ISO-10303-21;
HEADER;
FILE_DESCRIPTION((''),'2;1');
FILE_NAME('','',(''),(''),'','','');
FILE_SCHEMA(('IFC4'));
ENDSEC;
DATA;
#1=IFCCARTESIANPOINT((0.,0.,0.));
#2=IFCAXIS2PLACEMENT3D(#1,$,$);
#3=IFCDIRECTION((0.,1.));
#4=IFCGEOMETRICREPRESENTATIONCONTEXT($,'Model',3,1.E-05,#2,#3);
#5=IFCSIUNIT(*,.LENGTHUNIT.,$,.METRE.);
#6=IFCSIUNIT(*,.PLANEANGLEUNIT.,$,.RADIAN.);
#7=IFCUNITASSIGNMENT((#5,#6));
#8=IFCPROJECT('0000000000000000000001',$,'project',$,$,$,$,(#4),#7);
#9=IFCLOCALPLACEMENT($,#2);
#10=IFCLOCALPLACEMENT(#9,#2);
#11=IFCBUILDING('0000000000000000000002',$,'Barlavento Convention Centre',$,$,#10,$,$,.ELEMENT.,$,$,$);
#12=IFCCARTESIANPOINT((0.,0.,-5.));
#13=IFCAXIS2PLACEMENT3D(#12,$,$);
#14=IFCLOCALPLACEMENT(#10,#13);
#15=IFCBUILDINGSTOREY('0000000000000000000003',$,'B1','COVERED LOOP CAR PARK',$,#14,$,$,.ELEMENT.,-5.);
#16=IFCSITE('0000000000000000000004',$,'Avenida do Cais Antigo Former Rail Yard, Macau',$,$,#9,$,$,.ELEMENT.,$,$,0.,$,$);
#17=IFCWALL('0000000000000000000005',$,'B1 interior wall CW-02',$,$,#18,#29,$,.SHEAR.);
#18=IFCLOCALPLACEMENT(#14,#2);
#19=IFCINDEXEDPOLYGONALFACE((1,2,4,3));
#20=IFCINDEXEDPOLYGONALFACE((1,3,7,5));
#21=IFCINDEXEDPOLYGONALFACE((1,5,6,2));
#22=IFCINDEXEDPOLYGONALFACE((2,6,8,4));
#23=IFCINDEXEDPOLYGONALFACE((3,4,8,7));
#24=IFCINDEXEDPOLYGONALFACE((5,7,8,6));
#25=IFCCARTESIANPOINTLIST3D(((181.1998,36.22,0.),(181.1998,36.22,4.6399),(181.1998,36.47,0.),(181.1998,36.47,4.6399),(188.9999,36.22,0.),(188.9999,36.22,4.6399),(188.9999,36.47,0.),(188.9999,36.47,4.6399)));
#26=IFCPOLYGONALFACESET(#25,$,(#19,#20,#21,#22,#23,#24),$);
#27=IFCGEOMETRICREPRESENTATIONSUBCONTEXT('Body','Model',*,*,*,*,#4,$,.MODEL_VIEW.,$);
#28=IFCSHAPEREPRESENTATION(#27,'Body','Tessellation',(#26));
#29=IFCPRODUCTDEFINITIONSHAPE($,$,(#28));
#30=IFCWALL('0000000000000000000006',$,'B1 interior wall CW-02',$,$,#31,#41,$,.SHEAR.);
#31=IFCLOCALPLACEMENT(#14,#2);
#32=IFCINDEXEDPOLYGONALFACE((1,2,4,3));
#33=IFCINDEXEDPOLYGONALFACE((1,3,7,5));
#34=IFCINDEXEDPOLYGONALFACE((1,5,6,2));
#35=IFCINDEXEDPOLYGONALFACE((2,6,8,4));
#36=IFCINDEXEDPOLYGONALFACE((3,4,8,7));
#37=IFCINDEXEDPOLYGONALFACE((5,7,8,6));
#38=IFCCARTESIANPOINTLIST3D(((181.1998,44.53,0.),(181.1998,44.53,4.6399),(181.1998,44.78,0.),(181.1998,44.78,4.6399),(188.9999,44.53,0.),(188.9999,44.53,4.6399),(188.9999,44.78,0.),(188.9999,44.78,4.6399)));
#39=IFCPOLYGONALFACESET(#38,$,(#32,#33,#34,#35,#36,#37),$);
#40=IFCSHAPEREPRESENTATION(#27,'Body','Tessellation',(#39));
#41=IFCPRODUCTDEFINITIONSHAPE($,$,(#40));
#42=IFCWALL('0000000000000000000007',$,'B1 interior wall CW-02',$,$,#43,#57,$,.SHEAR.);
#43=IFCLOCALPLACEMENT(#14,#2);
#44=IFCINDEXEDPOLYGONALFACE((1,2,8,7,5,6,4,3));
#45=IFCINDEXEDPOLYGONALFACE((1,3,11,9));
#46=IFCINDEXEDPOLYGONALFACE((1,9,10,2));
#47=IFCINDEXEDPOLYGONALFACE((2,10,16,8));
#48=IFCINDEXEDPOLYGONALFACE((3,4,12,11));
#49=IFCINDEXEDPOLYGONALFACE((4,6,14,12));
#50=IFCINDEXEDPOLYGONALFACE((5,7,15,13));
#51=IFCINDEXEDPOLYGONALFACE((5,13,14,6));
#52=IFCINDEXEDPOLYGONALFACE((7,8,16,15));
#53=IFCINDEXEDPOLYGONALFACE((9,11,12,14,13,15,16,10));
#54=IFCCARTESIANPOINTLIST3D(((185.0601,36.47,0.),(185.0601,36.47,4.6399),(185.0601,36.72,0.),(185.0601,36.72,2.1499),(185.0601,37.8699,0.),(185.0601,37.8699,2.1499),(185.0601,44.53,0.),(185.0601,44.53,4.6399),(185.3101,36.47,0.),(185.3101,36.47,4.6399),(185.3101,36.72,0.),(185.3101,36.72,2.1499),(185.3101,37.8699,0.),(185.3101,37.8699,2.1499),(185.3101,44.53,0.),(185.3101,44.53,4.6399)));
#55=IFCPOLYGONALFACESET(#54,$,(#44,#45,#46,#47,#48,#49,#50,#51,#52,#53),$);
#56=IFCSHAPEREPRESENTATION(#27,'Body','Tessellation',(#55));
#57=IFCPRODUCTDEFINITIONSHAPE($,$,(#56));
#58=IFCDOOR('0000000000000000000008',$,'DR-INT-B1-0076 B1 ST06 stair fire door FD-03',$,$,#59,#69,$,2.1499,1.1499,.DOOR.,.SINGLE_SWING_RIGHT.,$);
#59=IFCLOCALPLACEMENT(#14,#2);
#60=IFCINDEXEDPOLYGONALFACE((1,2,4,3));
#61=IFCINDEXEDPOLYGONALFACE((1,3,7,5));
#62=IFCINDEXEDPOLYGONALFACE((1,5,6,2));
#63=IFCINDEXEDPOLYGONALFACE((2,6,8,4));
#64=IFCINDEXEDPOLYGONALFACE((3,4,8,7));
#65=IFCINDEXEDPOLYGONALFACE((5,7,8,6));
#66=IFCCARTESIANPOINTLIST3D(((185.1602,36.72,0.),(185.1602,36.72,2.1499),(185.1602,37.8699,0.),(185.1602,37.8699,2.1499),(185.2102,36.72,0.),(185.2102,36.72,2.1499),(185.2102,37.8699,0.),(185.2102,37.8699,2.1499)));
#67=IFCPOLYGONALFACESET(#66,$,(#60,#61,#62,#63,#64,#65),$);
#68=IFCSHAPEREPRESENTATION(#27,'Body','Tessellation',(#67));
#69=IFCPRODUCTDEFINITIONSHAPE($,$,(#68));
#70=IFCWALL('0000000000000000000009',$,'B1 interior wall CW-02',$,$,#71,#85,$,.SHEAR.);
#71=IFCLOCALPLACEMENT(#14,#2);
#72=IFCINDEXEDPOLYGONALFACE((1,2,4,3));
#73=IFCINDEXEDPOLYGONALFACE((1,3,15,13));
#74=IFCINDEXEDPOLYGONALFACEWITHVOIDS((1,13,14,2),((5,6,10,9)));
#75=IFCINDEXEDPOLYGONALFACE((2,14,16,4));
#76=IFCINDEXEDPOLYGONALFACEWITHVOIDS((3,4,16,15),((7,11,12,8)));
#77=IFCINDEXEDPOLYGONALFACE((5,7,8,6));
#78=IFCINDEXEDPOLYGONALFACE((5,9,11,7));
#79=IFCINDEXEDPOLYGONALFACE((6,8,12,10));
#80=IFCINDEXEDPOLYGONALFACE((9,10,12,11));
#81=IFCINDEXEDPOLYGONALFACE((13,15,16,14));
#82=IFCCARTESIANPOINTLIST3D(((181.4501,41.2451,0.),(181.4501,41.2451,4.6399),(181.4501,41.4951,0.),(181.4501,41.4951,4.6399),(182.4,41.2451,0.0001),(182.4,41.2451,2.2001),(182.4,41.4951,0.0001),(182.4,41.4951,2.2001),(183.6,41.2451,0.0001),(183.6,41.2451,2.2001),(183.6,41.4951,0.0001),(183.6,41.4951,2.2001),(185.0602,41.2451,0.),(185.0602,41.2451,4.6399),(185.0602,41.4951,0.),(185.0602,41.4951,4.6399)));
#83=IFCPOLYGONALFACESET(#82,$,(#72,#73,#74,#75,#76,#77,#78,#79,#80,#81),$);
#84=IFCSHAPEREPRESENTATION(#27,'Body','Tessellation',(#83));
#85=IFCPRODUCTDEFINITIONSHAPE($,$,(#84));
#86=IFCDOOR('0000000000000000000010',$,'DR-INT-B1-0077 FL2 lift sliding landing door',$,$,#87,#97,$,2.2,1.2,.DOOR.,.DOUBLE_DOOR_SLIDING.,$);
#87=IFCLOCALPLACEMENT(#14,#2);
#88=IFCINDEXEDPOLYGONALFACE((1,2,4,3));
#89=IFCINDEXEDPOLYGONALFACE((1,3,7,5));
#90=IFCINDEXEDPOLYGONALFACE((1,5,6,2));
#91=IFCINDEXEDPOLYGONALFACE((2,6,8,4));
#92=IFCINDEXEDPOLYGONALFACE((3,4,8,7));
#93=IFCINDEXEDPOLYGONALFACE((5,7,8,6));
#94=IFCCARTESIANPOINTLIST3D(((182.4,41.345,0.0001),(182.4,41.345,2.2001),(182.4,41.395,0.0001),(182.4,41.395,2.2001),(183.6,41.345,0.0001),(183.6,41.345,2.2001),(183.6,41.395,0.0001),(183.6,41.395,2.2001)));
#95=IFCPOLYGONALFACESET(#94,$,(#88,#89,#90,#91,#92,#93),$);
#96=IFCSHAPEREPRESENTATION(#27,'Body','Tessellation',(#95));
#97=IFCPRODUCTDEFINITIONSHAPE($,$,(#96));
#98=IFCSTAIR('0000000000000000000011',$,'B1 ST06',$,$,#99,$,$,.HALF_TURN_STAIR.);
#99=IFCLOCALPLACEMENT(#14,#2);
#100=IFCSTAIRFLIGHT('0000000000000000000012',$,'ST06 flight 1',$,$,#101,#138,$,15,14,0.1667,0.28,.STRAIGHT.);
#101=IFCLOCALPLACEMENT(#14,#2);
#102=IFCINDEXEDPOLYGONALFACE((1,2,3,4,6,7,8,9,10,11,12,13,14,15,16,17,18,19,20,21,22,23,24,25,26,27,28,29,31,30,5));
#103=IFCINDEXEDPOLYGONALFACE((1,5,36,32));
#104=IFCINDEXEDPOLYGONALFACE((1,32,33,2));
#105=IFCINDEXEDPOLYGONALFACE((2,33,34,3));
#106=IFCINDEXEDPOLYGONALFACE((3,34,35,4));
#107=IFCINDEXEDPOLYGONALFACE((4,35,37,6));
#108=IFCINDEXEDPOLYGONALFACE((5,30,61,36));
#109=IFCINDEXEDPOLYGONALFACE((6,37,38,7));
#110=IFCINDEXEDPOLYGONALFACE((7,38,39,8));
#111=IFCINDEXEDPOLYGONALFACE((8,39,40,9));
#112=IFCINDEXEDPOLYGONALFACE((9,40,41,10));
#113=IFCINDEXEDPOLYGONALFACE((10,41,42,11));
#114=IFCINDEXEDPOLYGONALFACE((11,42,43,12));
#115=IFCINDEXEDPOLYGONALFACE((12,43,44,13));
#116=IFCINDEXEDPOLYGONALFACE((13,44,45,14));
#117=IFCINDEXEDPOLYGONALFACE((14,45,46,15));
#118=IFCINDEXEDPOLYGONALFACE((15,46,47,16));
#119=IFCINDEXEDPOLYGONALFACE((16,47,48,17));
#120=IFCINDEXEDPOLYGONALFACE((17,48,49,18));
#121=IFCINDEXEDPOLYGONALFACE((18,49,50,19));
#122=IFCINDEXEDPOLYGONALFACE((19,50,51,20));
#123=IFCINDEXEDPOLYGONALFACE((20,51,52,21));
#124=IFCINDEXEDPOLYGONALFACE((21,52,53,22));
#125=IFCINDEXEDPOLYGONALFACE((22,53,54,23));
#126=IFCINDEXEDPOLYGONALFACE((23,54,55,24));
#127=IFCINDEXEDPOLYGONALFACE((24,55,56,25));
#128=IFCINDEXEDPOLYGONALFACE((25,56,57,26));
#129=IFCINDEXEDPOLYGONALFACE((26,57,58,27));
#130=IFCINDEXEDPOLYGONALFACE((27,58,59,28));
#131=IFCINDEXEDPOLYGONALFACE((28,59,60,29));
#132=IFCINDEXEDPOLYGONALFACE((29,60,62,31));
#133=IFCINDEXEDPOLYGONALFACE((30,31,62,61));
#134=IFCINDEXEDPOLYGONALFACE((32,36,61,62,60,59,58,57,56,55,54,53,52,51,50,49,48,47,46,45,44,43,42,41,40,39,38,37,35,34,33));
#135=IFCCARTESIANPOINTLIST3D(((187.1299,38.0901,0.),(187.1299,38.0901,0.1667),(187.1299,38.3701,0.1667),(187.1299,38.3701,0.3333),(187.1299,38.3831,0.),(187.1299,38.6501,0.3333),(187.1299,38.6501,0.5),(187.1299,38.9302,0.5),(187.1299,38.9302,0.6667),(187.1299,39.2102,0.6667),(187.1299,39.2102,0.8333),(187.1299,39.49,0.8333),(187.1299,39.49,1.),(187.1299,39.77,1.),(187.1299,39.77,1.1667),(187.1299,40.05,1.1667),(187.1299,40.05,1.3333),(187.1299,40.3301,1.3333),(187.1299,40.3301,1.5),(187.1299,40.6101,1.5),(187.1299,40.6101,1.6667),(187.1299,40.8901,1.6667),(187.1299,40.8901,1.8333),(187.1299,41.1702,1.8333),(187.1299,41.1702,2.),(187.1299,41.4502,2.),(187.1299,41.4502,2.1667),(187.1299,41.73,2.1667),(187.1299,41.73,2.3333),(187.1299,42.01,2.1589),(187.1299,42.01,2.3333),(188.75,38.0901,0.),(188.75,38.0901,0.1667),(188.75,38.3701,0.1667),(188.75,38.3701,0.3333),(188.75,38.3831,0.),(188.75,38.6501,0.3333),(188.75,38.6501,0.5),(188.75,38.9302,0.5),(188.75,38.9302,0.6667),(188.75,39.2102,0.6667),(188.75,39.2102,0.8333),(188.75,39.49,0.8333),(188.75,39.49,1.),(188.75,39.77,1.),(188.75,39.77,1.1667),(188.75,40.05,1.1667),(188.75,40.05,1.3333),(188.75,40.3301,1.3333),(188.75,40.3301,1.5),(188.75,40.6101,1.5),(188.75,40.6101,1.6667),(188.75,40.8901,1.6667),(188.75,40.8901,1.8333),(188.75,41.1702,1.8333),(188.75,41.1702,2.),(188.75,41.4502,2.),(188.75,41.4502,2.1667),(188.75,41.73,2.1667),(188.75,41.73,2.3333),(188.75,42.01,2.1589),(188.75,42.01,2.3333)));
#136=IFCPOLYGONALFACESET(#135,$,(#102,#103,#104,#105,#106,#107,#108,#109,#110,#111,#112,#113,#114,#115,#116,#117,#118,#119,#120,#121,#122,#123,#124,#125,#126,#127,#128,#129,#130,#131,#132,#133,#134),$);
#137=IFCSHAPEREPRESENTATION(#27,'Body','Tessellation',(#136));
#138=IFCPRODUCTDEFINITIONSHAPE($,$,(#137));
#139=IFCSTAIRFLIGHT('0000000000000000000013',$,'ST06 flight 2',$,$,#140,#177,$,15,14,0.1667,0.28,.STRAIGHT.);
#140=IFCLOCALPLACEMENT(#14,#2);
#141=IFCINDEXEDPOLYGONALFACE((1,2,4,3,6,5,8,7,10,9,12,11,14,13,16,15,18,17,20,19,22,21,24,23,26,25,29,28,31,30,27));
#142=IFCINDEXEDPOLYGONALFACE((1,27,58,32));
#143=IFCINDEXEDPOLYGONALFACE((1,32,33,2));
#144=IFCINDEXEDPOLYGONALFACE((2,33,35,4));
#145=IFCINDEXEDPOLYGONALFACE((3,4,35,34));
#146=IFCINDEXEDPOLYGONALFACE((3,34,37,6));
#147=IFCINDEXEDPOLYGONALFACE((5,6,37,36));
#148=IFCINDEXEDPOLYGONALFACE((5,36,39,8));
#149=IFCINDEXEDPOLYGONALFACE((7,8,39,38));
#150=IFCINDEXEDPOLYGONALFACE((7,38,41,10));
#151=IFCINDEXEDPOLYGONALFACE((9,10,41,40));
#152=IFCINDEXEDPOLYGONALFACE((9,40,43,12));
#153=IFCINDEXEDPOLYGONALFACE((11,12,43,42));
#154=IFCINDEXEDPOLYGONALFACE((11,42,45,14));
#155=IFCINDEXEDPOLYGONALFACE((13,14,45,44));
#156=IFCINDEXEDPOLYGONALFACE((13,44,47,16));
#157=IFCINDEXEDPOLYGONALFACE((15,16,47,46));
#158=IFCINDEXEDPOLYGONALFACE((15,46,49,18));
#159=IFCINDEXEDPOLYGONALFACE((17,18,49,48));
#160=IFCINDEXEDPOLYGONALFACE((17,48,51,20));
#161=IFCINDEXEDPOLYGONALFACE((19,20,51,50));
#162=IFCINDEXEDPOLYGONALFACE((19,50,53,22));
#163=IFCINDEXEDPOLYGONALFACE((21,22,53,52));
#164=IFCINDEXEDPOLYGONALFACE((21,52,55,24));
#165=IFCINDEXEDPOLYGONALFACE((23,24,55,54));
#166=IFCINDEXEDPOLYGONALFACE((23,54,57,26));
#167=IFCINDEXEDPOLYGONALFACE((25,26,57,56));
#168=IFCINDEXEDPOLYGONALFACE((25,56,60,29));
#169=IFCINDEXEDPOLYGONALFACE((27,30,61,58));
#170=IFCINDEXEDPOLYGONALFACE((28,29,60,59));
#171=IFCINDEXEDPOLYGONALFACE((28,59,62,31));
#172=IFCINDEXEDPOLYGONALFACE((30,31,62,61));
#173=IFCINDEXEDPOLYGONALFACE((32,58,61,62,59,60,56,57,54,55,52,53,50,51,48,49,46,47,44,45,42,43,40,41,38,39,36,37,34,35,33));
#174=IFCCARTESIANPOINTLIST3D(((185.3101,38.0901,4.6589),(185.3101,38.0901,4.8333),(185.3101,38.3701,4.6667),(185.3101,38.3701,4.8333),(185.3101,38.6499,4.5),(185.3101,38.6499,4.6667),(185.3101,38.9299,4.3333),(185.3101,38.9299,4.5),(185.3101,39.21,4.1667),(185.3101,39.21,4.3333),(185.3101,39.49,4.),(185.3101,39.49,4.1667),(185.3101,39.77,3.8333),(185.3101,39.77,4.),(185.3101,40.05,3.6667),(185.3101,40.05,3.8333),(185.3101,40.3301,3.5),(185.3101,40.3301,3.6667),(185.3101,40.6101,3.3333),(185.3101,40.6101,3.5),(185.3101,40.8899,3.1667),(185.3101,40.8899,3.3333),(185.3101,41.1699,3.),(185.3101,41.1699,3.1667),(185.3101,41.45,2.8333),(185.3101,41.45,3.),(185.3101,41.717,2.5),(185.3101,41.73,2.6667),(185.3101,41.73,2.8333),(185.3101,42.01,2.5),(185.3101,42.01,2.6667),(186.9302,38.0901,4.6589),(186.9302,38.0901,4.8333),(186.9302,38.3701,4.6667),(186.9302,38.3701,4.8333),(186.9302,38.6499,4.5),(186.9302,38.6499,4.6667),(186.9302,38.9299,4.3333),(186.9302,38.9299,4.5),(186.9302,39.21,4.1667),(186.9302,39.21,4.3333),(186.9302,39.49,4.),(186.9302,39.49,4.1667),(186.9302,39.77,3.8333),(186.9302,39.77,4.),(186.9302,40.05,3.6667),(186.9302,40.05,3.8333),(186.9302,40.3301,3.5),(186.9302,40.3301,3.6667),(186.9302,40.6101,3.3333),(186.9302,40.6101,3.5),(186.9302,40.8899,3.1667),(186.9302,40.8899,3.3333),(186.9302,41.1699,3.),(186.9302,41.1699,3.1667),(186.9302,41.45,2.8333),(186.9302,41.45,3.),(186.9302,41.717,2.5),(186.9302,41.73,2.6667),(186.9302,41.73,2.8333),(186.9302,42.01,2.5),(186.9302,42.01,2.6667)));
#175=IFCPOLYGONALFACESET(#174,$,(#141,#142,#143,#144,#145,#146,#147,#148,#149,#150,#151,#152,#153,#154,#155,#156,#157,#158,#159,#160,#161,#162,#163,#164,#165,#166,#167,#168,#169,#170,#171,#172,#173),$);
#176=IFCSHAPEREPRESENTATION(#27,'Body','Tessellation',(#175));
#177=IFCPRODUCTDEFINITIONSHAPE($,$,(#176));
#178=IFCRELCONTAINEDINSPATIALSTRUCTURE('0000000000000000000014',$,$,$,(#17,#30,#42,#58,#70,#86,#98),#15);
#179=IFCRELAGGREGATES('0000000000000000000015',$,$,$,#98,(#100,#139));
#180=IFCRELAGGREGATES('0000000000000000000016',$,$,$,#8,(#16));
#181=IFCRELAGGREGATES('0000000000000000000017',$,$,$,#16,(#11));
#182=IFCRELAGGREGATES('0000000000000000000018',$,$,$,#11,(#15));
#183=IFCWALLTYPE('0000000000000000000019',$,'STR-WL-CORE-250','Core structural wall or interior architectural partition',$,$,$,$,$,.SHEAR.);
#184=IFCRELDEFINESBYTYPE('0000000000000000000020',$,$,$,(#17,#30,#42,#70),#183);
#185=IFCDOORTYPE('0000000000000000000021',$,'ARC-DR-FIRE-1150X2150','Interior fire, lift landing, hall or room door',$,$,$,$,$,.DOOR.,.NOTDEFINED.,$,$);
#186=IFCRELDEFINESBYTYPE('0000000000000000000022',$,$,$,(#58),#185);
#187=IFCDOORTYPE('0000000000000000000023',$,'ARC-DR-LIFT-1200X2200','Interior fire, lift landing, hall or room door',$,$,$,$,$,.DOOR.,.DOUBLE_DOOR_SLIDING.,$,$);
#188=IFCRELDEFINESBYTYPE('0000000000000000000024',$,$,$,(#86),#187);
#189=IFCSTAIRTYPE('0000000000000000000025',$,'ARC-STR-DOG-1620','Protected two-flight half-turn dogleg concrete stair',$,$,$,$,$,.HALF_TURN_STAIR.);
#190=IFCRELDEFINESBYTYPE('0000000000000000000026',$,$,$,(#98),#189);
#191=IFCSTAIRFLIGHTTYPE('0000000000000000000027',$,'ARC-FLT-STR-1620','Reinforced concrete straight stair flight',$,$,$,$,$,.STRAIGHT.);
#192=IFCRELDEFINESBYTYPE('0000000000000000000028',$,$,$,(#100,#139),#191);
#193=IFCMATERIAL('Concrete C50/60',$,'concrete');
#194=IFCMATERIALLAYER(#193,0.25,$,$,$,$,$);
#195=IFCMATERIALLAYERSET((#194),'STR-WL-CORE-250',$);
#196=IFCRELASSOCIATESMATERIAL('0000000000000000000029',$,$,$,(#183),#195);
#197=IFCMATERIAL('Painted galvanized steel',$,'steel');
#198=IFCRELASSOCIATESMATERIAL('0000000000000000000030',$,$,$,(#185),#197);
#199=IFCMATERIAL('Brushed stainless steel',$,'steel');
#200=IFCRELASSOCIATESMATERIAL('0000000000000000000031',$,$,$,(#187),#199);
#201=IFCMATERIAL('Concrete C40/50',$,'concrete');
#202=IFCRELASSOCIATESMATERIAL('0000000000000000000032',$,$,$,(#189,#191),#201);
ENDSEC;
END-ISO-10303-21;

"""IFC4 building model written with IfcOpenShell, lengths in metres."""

from ifc_helpers import new_model, si_unit, direction, frame, frame_2d, origin, place, context, subcontext, project, spatial, polyline, rectangle, outline, extrude, material, layer, layer_set, type_object, element, fill, aggregate, save


model = new_model("IFC4")

# Units and contexts
model_context = context("Model", 3, precision=1e-05, world=origin(), true_north=direction((0.0, 1.0)))
body_context = subcontext(model_context, "Body", "Model", "MODEL_VIEW")
ifc_project = project(units=[si_unit("LENGTHUNIT", "METRE"), si_unit("PLANEANGLEUNIT", "RADIAN")], contexts=[model_context])

# Site, building, storey
site_placement = place(None, origin())
site = spatial("IfcSite", under=ifc_project, at=site_placement, Name="Avenida do Cais Antigo Former Rail Yard, Macau", CompositionType="ELEMENT", RefElevation=0.0)
building_placement = place(site_placement, origin())
building = spatial("IfcBuilding", under=site, at=building_placement, Name="Barlavento Convention Centre", CompositionType="ELEMENT")
storey_placement = place(building_placement, frame((0.0, 0.0, -5.0)))
storey = spatial("IfcBuildingStorey", under=building, at=storey_placement, Name="B1", Description="COVERED LOOP CAR PARK", CompositionType="ELEMENT", Elevation=-5.0)

# Shared definitions
ifc_material_1 = material(Name="Concrete C40/50", Category="concrete")

# Shared definitions
ifc_material_2 = material(Name="Concrete C50/60", Category="concrete")

# Shared definitions
ifc_layer = layer(ifc_material_2, 0.25)
ifc_layer_set = layer_set([ifc_layer], Name="STR-WL-CORE-250")
wall_type = type_object("IfcWallType", Name="STR-WL-CORE-250", Description="Core structural wall or interior architectural partition", PredefinedType="SHEAR", material=ifc_layer_set)
ifc_material_3 = material(Name="Painted galvanized steel", Category="steel")

# Walls
for number, where, z_axis, x_axis, name in (
    (1, (181.2, 36.345, 0.0), (0.0, 0.0, 1.0), (1.0, 0.0, 0.0), "B1 interior wall CW-02"),
    (2, (181.2, 44.655, 0.0), (0.0, 0.0, 1.0), (1.0, 0.0, 0.0), "B1 interior wall CW-02"),
):
    element("IfcWall", number, at=place(storey_placement, frame(where, z_axis=z_axis, x_axis=x_axis)), inside=storey, type_object=wall_type, Name=name, PredefinedType="SHEAR", context=body_context, shape_type="SweptSolid", body=[
        extrude(rectangle(XDim=7.8, YDim=0.25, at=frame_2d((3.8999, 0.0))), origin(), (0.0, 0.0, 1.0), 4.6399),
    ])

# Walls, openings, doors
wall_1_placement = place(storey_placement, frame((185.1851, 36.47, 0.0), z_axis=(0.0, 0.0, 1.0), x_axis=(0.0, 1.0, 0.0)))
wall_1 = element("IfcWall", 3, at=wall_1_placement, inside=storey, type_object=wall_type, Name="B1 interior wall CW-02", PredefinedType="SHEAR", context=body_context, shape_type="SweptSolid", body=[
    extrude(rectangle(XDim=8.0601, YDim=0.25, at=frame_2d((4.03, 0.0))), origin(), (0.0, 0.0, 1.0), 4.6399),
])
opening_1_placement = place(wall_1_placement, frame((0.25, 0.0, 0.0)))
opening_1 = element("IfcOpeningElement", 4, at=opening_1_placement, cuts=wall_1, PredefinedType="OPENING", context=body_context, shape_type="SweptSolid", body=[
    extrude(rectangle(XDim=1.1499, YDim=2.1499, at=frame_2d((0.575, 1.075))), frame((0.0, 0.135, 0.0), z_axis=(0.0, -1.0, 0.0), x_axis=(1.0, 0.0, 0.0)), (0.0, 0.0, 1.0), 0.27),
])
door_type_1 = type_object("IfcDoorType", Name="ARC-DR-FIRE-1150X2150", Description="Interior fire, lift landing, hall or room door", OperationType="NOTDEFINED", PredefinedType="DOOR", material=ifc_material_3)
door_1_placement = place(opening_1_placement, origin())
door_1 = element("IfcDoor", 5, at=door_1_placement, inside=storey, type_object=door_type_1, Name="DR-INT-B1-0076 B1 ST06 stair fire door FD-03", OperationType="SINGLE_SWING_RIGHT", OverallHeight=2.1499, OverallWidth=1.1499, PredefinedType="DOOR", context=body_context, shape_type="SweptSolid", body=[
    extrude(rectangle(XDim=1.1499, YDim=2.1499, at=frame_2d((0.575, 1.075))), frame((0.0, 0.0249, 0.0), z_axis=(0.0, -1.0, 0.0), x_axis=(1.0, 0.0, 0.0)), (0.0, 0.0, 1.0), 0.05),
])
fill(opening_1, door_1)
wall_2_placement = place(storey_placement, frame((181.45, 41.3701, 0.0), z_axis=(0.0, 0.0, 1.0), x_axis=(1.0, 0.0, 0.0)))
wall_2 = element("IfcWall", 6, at=wall_2_placement, inside=storey, type_object=wall_type, Name="B1 interior wall CW-02", PredefinedType="SHEAR", context=body_context, shape_type="SweptSolid", body=[
    extrude(rectangle(XDim=3.6101, YDim=0.25, at=frame_2d((1.8052, 0.0))), origin(), (0.0, 0.0, 1.0), 4.6399),
])
opening_2_placement = place(wall_2_placement, frame((0.95, 0.0, 0.0)))
opening_2 = element("IfcOpeningElement", 7, at=opening_2_placement, cuts=wall_2, PredefinedType="OPENING", context=body_context, shape_type="SweptSolid", body=[
    extrude(rectangle(XDim=1.2, YDim=2.2, at=frame_2d((0.6001, 1.1001))), frame((0.0, 0.135, 0.0), z_axis=(0.0, -1.0, 0.0), x_axis=(1.0, 0.0, 0.0)), (0.0, 0.0, 1.0), 0.27),
])
ifc_material_4 = material(Name="Brushed stainless steel", Category="steel")
door_type_2 = type_object("IfcDoorType", Name="ARC-DR-LIFT-1200X2200", Description="Interior fire, lift landing, hall or room door", OperationType="DOUBLE_DOOR_SLIDING", PredefinedType="DOOR", material=ifc_material_4)
door_2_placement = place(opening_2_placement, origin())
door_2 = element("IfcDoor", 8, at=door_2_placement, inside=storey, type_object=door_type_2, Name="DR-INT-B1-0077 FL2 lift sliding landing door", OperationType="DOUBLE_DOOR_SLIDING", OverallHeight=2.2, OverallWidth=1.2, PredefinedType="DOOR", context=body_context, shape_type="SweptSolid", body=[
    extrude(rectangle(XDim=1.2, YDim=2.2, at=frame_2d((0.6001, 1.1001))), frame((0.0, 0.0249, 0.0), z_axis=(0.0, -1.0, 0.0), x_axis=(1.0, 0.0, 0.0)), (0.0, 0.0, 1.0), 0.05),
])
fill(opening_2, door_2)

# Stair, stair flights
stair_type = type_object("IfcStairType", Name="ARC-STR-DOG-1620", Description="Protected two-flight half-turn dogleg concrete stair", PredefinedType="HALF_TURN_STAIR", material=ifc_material_1)
stair_placement = place(storey_placement, origin())
stair = element("IfcStair", 9, at=stair_placement, inside=storey, type_object=stair_type, Name="B1 ST06", PredefinedType="HALF_TURN_STAIR")
stair_flight_type = type_object("IfcStairFlightType", Name="ARC-FLT-STR-1620", Description="Reinforced concrete straight stair flight", PredefinedType="STRAIGHT", material=ifc_material_1)
stair_flight_1_placement = place(storey_placement, frame((187.9399, 38.0901, 0.0), z_axis=(0.0, 0.0, 1.0), x_axis=(0.0, 1.0, 0.0)))
stair_flight_1 = element("IfcStairFlight", 10, at=stair_flight_1_placement, type_object=stair_flight_type, Name="ST06 flight 1", NumberOfRisers=15, NumberOfTreads=14, PredefinedType="STRAIGHT", RiserHeight=0.1667, TreadLength=0.28, context=body_context, shape_type="SweptSolid", body=[
    extrude(outline(polyline([(0.0, 0.0), (0.0, 0.1667), (0.28, 0.1667), (0.28, 0.3333), (0.5601, 0.3333), (0.5601, 0.5), (0.8401, 0.5), (0.8401, 0.6667), (1.1201, 0.6667), (1.1201, 0.8333), (1.3999, 0.8333), (1.3999, 1.0), (1.6799, 1.0), (1.6799, 1.1667), (1.96, 1.1667), (1.96, 1.3333), (2.24, 1.3333), (2.24, 1.5), (2.52, 1.5), (2.52, 1.6667), (2.8, 1.6667), (2.8, 1.8333), (3.0801, 1.8333), (3.0801, 2.0), (3.3601, 2.0), (3.3601, 2.1667), (3.6399, 2.1667), (3.6399, 2.3333), (3.9199, 2.3333), (3.9199, 2.5), (3.9199, 2.1589), (0.293, 0.0), (0.0, 0.0)])), frame((0.0, 0.8101, 0.0), z_axis=(0.0, -1.0, 0.0), x_axis=(1.0, 0.0, 0.0)), (0.0, 0.0, 1.0), 1.6201),
])
stair_flight_2_placement = place(storey_placement, frame((186.1201, 42.01, 2.5), z_axis=(0.0, 0.0, 1.0), x_axis=(0.0, -1.0, 0.0)))
stair_flight_2 = element("IfcStairFlight", 11, at=stair_flight_2_placement, type_object=stair_flight_type, Name="ST06 flight 2", NumberOfRisers=15, NumberOfTreads=14, PredefinedType="STRAIGHT", RiserHeight=0.1667, TreadLength=0.28, context=body_context, shape_type="SweptSolid", body=[
    extrude(outline(polyline([(0.0, 0.0), (0.0, 0.1667), (0.28, 0.1667), (0.28, 0.3333), (0.5601, 0.3333), (0.5601, 0.5), (0.8401, 0.5), (0.8401, 0.6667), (1.1201, 0.6667), (1.1201, 0.8333), (1.3999, 0.8333), (1.3999, 1.0), (1.6799, 1.0), (1.6799, 1.1667), (1.96, 1.1667), (1.96, 1.3333), (2.24, 1.3333), (2.24, 1.5), (2.52, 1.5), (2.52, 1.6667), (2.8, 1.6667), (2.8, 1.8333), (3.0801, 1.8333), (3.0801, 2.0), (3.3601, 2.0), (3.3601, 2.1667), (3.6399, 2.1667), (3.6399, 2.3333), (3.9199, 2.3333), (3.9199, 2.5), (3.9199, 2.1589), (0.293, 0.0), (0.0, 0.0)])), frame((0.0, 0.8101, 0.0), z_axis=(0.0, -1.0, 0.0), x_axis=(1.0, 0.0, 0.0)), (0.0, 0.0, 1.0), 1.6201),
])
aggregate(stair, [stair_flight_1, stair_flight_2])

save(model, "model.ifc")
